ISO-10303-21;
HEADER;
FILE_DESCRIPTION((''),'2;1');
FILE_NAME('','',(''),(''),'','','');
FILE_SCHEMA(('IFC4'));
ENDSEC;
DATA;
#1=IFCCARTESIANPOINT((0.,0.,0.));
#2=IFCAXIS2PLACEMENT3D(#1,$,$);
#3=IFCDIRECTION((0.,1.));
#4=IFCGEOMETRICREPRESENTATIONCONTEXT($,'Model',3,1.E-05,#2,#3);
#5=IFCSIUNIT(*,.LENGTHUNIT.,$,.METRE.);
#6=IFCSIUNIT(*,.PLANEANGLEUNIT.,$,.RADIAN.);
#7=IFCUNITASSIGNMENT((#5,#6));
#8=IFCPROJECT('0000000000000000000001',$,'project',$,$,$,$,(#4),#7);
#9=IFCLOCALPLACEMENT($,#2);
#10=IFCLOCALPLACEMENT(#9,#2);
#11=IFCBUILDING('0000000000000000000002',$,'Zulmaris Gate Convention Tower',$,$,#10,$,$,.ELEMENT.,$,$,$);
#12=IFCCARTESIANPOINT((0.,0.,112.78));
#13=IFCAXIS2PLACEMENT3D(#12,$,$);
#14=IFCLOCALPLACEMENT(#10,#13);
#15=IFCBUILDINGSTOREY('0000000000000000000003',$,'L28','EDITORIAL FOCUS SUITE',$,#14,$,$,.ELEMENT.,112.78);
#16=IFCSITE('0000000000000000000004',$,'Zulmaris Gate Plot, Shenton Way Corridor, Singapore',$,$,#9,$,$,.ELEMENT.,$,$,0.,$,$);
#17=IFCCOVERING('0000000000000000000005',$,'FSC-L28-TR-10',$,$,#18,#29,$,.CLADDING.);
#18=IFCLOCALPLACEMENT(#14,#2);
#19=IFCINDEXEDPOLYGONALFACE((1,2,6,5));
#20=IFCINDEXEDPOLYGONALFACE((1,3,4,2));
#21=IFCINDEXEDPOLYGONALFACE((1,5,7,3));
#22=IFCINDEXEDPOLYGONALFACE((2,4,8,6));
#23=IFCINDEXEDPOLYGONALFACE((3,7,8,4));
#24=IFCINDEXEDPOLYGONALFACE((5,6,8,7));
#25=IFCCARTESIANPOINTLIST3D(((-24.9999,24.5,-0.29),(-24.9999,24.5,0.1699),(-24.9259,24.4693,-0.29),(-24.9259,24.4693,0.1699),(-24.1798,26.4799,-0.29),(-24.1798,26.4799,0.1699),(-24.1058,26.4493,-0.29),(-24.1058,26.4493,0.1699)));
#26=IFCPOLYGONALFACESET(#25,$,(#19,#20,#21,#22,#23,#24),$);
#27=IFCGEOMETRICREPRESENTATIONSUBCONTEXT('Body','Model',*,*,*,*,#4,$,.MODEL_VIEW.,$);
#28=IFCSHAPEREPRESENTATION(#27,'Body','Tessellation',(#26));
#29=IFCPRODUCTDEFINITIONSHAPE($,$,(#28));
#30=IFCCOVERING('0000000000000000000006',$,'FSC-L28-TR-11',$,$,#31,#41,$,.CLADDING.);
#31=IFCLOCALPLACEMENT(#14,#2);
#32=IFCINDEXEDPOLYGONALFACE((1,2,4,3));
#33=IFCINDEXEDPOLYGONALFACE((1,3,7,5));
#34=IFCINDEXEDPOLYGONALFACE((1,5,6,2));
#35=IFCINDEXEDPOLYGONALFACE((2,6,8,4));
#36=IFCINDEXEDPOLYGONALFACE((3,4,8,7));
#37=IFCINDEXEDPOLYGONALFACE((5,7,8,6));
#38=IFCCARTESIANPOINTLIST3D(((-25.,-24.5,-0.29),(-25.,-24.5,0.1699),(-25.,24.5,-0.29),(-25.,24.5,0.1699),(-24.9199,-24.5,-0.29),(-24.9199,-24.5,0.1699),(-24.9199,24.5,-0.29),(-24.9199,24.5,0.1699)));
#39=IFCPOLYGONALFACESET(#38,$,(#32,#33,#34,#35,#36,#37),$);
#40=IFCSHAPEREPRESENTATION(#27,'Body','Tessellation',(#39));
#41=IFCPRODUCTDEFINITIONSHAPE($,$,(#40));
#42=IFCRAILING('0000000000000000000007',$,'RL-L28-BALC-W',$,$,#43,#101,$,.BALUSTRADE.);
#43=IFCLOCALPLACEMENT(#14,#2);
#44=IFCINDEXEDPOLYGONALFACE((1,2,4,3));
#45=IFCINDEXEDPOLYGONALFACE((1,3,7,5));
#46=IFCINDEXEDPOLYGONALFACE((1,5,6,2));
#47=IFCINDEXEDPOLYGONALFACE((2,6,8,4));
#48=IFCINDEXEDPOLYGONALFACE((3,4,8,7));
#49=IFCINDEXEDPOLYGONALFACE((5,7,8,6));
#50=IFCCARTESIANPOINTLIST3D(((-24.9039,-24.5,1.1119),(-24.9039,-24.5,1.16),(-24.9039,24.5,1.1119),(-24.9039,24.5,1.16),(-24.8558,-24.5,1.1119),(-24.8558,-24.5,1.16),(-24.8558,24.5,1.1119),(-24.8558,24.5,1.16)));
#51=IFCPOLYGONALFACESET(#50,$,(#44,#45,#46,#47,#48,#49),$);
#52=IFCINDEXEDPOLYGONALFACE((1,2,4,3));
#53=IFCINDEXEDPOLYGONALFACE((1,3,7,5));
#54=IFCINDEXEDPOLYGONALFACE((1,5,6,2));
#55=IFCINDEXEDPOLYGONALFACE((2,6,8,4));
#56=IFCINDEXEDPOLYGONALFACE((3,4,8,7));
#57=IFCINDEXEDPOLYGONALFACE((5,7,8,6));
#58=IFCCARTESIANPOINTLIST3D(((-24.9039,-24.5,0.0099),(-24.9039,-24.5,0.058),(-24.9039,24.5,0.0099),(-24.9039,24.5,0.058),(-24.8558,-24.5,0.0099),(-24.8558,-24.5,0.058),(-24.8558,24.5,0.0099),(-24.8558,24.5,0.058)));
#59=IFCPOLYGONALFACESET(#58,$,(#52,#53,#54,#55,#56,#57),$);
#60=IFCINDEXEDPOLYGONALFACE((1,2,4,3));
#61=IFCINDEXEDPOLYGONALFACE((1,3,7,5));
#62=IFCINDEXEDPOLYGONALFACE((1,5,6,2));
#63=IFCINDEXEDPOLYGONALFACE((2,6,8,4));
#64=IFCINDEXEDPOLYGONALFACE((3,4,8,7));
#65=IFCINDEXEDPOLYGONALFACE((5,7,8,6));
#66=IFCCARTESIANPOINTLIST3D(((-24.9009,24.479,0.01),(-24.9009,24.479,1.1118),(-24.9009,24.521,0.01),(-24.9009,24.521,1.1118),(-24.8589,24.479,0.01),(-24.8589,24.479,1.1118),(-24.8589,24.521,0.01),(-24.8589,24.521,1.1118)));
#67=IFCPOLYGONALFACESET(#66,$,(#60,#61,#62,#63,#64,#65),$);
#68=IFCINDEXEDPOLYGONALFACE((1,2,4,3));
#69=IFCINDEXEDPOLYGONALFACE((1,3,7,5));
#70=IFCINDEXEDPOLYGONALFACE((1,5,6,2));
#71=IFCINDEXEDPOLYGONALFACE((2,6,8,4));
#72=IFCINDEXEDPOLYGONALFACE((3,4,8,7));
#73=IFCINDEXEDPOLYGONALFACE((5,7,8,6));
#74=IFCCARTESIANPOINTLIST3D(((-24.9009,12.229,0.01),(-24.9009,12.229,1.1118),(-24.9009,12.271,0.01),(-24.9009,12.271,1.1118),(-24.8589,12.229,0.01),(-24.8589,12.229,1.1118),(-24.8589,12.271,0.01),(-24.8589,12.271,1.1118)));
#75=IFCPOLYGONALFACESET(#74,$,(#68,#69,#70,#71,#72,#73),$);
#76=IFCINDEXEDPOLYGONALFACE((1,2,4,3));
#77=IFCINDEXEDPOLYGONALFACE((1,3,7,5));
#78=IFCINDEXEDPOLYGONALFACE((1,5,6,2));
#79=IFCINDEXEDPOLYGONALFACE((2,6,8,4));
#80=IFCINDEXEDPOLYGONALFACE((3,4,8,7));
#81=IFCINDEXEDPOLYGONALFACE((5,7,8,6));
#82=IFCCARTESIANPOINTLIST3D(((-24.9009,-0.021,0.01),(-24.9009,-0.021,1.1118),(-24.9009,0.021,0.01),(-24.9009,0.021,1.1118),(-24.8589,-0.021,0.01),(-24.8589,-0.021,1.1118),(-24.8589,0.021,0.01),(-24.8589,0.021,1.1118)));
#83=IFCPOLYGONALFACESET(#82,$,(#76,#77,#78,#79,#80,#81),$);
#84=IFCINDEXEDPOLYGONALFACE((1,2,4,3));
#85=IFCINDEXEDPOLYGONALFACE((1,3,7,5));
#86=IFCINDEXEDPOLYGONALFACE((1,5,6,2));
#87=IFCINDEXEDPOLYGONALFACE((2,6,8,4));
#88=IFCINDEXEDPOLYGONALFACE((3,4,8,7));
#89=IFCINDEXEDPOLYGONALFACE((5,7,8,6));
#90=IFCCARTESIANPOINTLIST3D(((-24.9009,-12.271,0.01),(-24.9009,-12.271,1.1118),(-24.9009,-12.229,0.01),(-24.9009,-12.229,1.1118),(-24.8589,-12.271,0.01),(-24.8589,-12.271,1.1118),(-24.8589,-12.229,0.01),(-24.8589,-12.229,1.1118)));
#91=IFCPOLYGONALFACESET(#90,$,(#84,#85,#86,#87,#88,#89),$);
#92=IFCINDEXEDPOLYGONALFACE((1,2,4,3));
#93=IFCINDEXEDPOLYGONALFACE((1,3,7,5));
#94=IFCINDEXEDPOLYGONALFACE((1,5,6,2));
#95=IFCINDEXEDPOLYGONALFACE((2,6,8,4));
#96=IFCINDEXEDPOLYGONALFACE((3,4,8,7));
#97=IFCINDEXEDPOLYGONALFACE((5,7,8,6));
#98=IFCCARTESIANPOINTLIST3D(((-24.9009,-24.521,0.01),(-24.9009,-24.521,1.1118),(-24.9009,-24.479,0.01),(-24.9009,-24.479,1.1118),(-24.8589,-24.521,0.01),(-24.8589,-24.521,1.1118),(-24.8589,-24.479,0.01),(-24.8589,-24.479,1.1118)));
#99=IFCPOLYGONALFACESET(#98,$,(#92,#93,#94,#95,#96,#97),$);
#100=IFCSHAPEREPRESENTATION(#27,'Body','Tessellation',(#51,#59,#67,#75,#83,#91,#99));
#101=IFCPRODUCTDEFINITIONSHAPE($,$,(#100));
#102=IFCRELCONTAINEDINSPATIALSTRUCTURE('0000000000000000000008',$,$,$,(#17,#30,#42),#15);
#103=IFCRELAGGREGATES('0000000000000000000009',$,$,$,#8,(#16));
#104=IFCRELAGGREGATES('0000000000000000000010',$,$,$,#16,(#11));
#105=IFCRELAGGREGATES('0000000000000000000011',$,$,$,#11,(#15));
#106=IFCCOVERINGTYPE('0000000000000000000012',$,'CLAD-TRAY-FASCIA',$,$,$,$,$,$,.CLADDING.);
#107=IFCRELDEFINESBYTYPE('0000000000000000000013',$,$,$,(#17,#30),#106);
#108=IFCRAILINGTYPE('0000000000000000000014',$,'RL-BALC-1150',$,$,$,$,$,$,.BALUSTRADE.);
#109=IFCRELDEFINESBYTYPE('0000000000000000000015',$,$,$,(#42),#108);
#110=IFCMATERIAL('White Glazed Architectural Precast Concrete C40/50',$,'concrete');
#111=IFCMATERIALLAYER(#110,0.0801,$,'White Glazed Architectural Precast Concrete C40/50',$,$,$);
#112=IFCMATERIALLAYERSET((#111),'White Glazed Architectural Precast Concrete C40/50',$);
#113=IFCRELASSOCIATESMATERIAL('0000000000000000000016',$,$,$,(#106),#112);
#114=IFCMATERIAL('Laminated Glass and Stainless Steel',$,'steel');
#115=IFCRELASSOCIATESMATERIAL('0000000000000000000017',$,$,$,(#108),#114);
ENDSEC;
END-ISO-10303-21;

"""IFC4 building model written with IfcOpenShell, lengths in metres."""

from ifc_helpers import new_model, si_unit, direction, frame, frame_2d, origin, origin_2d, place, context, subcontext, project, spatial, rectangle, extrude, material, layer, layer_set, type_object, element, save


model = new_model("IFC4")

# Units and contexts
model_context = context("Model", 3, precision=1e-05, world=origin(), true_north=direction((0.0, 1.0)))
body_context = subcontext(model_context, "Body", "Model", "MODEL_VIEW")
ifc_project = project(units=[si_unit("LENGTHUNIT", "METRE"), si_unit("PLANEANGLEUNIT", "RADIAN")], contexts=[model_context])

# Site, building, storey
site_placement = place(None, origin())
site = spatial("IfcSite", under=ifc_project, at=site_placement, Name="Zulmaris Gate Plot, Shenton Way Corridor, Singapore", CompositionType="ELEMENT", RefElevation=0.0)
building_placement = place(site_placement, origin())
building = spatial("IfcBuilding", under=site, at=building_placement, Name="Zulmaris Gate Convention Tower", CompositionType="ELEMENT")
storey_placement = place(building_placement, frame((0.0, 0.0, 112.78)))
storey = spatial("IfcBuildingStorey", under=building, at=storey_placement, Name="L28", Description="EDITORIAL FOCUS SUITE", CompositionType="ELEMENT", Elevation=112.78)

# Coverings
ifc_material_1 = material(Name="White Glazed Architectural Precast Concrete C40/50", Category="concrete")
ifc_layer_1 = layer(ifc_material_1, 0.0801, Name="White Glazed Architectural Precast Concrete C40/50")
ifc_layer_set_1 = layer_set([ifc_layer_1], Name="White Glazed Architectural Precast Concrete C40/50")
covering_type_1 = type_object("IfcCoveringType", Name="CLAD-TRAY-FASCIA", PredefinedType="CLADDING", material=ifc_layer_set_1)
covering_1_placement = place(storey_placement, frame((-24.1428, 26.4646, -0.29), z_axis=(0.0, 0.0, 1.0), x_axis=(-0.382657, -0.92389, 0.0)))
element("IfcCovering", 1, at=covering_1_placement, inside=storey, type_object=covering_type_1, Name="FSC-L28-TR-10", PredefinedType="CLADDING", context=body_context, shape_type="SweptSolid", body=[
    extrude(rectangle(XDim=2.1431, YDim=0.0801, at=frame_2d((1.0715, 0.0))), origin(), (0.0, 0.0, 1.0), 0.46),
])
covering_2_placement = place(storey_placement, frame((-24.96, 24.5, -0.29), z_axis=(0.0, 0.0, 1.0), x_axis=(0.0, -1.0, 0.0)))
element("IfcCovering", 2, at=covering_2_placement, inside=storey, type_object=covering_type_1, Name="FSC-L28-TR-11", PredefinedType="CLADDING", context=body_context, shape_type="SweptSolid", body=[
    extrude(rectangle(XDim=49.0, YDim=0.0801, at=frame_2d((24.5, 0.0))), origin(), (0.0, 0.0, 1.0), 0.46),
])

# Railing
ifc_material_2 = material(Name="Laminated Glass and Stainless Steel", Category="steel")
railing_type = type_object("IfcRailingType", Name="RL-BALC-1150", PredefinedType="BALUSTRADE", material=ifc_material_2)
railing_placement = place(storey_placement, frame((-24.8799, 24.5, 0.01)))
element("IfcRailing", 3, at=railing_placement, inside=storey, type_object=railing_type, Name="RL-L28-BALC-W", PredefinedType="BALUSTRADE", context=body_context, shape_type="SweptSolid", body=[
    extrude(rectangle(XDim=0.0481, YDim=0.0481, at=origin_2d()), frame((0.0, 0.0, 1.126), z_axis=(0.0, -1.0, 0.0), x_axis=(1.0, 0.0, 0.0)), (0.0, 0.0, 1.0), 49.0),
    extrude(rectangle(XDim=0.0481, YDim=0.0481, at=origin_2d()), frame((0.0, 0.0, 0.0239), z_axis=(0.0, -1.0, 0.0), x_axis=(1.0, 0.0, 0.0)), (0.0, 0.0, 1.0), 49.0),
    extrude(rectangle(XDim=0.042, YDim=0.042, at=origin_2d()), origin(), (0.0, 0.0, 1.0), 1.1018),
    extrude(rectangle(XDim=0.042, YDim=0.042, at=origin_2d()), frame((0.0, -12.25, 0.0)), (0.0, 0.0, 1.0), 1.1018),
    extrude(rectangle(XDim=0.042, YDim=0.042, at=origin_2d()), frame((0.0, -24.5, 0.0)), (0.0, 0.0, 1.0), 1.1018),
    extrude(rectangle(XDim=0.042, YDim=0.042, at=origin_2d()), frame((0.0, -36.75, 0.0)), (0.0, 0.0, 1.0), 1.1018),
    extrude(rectangle(XDim=0.042, YDim=0.042, at=origin_2d()), frame((0.0, -49.0, 0.0)), (0.0, 0.0, 1.0), 1.1018),
])

save(model, "model.ifc")
